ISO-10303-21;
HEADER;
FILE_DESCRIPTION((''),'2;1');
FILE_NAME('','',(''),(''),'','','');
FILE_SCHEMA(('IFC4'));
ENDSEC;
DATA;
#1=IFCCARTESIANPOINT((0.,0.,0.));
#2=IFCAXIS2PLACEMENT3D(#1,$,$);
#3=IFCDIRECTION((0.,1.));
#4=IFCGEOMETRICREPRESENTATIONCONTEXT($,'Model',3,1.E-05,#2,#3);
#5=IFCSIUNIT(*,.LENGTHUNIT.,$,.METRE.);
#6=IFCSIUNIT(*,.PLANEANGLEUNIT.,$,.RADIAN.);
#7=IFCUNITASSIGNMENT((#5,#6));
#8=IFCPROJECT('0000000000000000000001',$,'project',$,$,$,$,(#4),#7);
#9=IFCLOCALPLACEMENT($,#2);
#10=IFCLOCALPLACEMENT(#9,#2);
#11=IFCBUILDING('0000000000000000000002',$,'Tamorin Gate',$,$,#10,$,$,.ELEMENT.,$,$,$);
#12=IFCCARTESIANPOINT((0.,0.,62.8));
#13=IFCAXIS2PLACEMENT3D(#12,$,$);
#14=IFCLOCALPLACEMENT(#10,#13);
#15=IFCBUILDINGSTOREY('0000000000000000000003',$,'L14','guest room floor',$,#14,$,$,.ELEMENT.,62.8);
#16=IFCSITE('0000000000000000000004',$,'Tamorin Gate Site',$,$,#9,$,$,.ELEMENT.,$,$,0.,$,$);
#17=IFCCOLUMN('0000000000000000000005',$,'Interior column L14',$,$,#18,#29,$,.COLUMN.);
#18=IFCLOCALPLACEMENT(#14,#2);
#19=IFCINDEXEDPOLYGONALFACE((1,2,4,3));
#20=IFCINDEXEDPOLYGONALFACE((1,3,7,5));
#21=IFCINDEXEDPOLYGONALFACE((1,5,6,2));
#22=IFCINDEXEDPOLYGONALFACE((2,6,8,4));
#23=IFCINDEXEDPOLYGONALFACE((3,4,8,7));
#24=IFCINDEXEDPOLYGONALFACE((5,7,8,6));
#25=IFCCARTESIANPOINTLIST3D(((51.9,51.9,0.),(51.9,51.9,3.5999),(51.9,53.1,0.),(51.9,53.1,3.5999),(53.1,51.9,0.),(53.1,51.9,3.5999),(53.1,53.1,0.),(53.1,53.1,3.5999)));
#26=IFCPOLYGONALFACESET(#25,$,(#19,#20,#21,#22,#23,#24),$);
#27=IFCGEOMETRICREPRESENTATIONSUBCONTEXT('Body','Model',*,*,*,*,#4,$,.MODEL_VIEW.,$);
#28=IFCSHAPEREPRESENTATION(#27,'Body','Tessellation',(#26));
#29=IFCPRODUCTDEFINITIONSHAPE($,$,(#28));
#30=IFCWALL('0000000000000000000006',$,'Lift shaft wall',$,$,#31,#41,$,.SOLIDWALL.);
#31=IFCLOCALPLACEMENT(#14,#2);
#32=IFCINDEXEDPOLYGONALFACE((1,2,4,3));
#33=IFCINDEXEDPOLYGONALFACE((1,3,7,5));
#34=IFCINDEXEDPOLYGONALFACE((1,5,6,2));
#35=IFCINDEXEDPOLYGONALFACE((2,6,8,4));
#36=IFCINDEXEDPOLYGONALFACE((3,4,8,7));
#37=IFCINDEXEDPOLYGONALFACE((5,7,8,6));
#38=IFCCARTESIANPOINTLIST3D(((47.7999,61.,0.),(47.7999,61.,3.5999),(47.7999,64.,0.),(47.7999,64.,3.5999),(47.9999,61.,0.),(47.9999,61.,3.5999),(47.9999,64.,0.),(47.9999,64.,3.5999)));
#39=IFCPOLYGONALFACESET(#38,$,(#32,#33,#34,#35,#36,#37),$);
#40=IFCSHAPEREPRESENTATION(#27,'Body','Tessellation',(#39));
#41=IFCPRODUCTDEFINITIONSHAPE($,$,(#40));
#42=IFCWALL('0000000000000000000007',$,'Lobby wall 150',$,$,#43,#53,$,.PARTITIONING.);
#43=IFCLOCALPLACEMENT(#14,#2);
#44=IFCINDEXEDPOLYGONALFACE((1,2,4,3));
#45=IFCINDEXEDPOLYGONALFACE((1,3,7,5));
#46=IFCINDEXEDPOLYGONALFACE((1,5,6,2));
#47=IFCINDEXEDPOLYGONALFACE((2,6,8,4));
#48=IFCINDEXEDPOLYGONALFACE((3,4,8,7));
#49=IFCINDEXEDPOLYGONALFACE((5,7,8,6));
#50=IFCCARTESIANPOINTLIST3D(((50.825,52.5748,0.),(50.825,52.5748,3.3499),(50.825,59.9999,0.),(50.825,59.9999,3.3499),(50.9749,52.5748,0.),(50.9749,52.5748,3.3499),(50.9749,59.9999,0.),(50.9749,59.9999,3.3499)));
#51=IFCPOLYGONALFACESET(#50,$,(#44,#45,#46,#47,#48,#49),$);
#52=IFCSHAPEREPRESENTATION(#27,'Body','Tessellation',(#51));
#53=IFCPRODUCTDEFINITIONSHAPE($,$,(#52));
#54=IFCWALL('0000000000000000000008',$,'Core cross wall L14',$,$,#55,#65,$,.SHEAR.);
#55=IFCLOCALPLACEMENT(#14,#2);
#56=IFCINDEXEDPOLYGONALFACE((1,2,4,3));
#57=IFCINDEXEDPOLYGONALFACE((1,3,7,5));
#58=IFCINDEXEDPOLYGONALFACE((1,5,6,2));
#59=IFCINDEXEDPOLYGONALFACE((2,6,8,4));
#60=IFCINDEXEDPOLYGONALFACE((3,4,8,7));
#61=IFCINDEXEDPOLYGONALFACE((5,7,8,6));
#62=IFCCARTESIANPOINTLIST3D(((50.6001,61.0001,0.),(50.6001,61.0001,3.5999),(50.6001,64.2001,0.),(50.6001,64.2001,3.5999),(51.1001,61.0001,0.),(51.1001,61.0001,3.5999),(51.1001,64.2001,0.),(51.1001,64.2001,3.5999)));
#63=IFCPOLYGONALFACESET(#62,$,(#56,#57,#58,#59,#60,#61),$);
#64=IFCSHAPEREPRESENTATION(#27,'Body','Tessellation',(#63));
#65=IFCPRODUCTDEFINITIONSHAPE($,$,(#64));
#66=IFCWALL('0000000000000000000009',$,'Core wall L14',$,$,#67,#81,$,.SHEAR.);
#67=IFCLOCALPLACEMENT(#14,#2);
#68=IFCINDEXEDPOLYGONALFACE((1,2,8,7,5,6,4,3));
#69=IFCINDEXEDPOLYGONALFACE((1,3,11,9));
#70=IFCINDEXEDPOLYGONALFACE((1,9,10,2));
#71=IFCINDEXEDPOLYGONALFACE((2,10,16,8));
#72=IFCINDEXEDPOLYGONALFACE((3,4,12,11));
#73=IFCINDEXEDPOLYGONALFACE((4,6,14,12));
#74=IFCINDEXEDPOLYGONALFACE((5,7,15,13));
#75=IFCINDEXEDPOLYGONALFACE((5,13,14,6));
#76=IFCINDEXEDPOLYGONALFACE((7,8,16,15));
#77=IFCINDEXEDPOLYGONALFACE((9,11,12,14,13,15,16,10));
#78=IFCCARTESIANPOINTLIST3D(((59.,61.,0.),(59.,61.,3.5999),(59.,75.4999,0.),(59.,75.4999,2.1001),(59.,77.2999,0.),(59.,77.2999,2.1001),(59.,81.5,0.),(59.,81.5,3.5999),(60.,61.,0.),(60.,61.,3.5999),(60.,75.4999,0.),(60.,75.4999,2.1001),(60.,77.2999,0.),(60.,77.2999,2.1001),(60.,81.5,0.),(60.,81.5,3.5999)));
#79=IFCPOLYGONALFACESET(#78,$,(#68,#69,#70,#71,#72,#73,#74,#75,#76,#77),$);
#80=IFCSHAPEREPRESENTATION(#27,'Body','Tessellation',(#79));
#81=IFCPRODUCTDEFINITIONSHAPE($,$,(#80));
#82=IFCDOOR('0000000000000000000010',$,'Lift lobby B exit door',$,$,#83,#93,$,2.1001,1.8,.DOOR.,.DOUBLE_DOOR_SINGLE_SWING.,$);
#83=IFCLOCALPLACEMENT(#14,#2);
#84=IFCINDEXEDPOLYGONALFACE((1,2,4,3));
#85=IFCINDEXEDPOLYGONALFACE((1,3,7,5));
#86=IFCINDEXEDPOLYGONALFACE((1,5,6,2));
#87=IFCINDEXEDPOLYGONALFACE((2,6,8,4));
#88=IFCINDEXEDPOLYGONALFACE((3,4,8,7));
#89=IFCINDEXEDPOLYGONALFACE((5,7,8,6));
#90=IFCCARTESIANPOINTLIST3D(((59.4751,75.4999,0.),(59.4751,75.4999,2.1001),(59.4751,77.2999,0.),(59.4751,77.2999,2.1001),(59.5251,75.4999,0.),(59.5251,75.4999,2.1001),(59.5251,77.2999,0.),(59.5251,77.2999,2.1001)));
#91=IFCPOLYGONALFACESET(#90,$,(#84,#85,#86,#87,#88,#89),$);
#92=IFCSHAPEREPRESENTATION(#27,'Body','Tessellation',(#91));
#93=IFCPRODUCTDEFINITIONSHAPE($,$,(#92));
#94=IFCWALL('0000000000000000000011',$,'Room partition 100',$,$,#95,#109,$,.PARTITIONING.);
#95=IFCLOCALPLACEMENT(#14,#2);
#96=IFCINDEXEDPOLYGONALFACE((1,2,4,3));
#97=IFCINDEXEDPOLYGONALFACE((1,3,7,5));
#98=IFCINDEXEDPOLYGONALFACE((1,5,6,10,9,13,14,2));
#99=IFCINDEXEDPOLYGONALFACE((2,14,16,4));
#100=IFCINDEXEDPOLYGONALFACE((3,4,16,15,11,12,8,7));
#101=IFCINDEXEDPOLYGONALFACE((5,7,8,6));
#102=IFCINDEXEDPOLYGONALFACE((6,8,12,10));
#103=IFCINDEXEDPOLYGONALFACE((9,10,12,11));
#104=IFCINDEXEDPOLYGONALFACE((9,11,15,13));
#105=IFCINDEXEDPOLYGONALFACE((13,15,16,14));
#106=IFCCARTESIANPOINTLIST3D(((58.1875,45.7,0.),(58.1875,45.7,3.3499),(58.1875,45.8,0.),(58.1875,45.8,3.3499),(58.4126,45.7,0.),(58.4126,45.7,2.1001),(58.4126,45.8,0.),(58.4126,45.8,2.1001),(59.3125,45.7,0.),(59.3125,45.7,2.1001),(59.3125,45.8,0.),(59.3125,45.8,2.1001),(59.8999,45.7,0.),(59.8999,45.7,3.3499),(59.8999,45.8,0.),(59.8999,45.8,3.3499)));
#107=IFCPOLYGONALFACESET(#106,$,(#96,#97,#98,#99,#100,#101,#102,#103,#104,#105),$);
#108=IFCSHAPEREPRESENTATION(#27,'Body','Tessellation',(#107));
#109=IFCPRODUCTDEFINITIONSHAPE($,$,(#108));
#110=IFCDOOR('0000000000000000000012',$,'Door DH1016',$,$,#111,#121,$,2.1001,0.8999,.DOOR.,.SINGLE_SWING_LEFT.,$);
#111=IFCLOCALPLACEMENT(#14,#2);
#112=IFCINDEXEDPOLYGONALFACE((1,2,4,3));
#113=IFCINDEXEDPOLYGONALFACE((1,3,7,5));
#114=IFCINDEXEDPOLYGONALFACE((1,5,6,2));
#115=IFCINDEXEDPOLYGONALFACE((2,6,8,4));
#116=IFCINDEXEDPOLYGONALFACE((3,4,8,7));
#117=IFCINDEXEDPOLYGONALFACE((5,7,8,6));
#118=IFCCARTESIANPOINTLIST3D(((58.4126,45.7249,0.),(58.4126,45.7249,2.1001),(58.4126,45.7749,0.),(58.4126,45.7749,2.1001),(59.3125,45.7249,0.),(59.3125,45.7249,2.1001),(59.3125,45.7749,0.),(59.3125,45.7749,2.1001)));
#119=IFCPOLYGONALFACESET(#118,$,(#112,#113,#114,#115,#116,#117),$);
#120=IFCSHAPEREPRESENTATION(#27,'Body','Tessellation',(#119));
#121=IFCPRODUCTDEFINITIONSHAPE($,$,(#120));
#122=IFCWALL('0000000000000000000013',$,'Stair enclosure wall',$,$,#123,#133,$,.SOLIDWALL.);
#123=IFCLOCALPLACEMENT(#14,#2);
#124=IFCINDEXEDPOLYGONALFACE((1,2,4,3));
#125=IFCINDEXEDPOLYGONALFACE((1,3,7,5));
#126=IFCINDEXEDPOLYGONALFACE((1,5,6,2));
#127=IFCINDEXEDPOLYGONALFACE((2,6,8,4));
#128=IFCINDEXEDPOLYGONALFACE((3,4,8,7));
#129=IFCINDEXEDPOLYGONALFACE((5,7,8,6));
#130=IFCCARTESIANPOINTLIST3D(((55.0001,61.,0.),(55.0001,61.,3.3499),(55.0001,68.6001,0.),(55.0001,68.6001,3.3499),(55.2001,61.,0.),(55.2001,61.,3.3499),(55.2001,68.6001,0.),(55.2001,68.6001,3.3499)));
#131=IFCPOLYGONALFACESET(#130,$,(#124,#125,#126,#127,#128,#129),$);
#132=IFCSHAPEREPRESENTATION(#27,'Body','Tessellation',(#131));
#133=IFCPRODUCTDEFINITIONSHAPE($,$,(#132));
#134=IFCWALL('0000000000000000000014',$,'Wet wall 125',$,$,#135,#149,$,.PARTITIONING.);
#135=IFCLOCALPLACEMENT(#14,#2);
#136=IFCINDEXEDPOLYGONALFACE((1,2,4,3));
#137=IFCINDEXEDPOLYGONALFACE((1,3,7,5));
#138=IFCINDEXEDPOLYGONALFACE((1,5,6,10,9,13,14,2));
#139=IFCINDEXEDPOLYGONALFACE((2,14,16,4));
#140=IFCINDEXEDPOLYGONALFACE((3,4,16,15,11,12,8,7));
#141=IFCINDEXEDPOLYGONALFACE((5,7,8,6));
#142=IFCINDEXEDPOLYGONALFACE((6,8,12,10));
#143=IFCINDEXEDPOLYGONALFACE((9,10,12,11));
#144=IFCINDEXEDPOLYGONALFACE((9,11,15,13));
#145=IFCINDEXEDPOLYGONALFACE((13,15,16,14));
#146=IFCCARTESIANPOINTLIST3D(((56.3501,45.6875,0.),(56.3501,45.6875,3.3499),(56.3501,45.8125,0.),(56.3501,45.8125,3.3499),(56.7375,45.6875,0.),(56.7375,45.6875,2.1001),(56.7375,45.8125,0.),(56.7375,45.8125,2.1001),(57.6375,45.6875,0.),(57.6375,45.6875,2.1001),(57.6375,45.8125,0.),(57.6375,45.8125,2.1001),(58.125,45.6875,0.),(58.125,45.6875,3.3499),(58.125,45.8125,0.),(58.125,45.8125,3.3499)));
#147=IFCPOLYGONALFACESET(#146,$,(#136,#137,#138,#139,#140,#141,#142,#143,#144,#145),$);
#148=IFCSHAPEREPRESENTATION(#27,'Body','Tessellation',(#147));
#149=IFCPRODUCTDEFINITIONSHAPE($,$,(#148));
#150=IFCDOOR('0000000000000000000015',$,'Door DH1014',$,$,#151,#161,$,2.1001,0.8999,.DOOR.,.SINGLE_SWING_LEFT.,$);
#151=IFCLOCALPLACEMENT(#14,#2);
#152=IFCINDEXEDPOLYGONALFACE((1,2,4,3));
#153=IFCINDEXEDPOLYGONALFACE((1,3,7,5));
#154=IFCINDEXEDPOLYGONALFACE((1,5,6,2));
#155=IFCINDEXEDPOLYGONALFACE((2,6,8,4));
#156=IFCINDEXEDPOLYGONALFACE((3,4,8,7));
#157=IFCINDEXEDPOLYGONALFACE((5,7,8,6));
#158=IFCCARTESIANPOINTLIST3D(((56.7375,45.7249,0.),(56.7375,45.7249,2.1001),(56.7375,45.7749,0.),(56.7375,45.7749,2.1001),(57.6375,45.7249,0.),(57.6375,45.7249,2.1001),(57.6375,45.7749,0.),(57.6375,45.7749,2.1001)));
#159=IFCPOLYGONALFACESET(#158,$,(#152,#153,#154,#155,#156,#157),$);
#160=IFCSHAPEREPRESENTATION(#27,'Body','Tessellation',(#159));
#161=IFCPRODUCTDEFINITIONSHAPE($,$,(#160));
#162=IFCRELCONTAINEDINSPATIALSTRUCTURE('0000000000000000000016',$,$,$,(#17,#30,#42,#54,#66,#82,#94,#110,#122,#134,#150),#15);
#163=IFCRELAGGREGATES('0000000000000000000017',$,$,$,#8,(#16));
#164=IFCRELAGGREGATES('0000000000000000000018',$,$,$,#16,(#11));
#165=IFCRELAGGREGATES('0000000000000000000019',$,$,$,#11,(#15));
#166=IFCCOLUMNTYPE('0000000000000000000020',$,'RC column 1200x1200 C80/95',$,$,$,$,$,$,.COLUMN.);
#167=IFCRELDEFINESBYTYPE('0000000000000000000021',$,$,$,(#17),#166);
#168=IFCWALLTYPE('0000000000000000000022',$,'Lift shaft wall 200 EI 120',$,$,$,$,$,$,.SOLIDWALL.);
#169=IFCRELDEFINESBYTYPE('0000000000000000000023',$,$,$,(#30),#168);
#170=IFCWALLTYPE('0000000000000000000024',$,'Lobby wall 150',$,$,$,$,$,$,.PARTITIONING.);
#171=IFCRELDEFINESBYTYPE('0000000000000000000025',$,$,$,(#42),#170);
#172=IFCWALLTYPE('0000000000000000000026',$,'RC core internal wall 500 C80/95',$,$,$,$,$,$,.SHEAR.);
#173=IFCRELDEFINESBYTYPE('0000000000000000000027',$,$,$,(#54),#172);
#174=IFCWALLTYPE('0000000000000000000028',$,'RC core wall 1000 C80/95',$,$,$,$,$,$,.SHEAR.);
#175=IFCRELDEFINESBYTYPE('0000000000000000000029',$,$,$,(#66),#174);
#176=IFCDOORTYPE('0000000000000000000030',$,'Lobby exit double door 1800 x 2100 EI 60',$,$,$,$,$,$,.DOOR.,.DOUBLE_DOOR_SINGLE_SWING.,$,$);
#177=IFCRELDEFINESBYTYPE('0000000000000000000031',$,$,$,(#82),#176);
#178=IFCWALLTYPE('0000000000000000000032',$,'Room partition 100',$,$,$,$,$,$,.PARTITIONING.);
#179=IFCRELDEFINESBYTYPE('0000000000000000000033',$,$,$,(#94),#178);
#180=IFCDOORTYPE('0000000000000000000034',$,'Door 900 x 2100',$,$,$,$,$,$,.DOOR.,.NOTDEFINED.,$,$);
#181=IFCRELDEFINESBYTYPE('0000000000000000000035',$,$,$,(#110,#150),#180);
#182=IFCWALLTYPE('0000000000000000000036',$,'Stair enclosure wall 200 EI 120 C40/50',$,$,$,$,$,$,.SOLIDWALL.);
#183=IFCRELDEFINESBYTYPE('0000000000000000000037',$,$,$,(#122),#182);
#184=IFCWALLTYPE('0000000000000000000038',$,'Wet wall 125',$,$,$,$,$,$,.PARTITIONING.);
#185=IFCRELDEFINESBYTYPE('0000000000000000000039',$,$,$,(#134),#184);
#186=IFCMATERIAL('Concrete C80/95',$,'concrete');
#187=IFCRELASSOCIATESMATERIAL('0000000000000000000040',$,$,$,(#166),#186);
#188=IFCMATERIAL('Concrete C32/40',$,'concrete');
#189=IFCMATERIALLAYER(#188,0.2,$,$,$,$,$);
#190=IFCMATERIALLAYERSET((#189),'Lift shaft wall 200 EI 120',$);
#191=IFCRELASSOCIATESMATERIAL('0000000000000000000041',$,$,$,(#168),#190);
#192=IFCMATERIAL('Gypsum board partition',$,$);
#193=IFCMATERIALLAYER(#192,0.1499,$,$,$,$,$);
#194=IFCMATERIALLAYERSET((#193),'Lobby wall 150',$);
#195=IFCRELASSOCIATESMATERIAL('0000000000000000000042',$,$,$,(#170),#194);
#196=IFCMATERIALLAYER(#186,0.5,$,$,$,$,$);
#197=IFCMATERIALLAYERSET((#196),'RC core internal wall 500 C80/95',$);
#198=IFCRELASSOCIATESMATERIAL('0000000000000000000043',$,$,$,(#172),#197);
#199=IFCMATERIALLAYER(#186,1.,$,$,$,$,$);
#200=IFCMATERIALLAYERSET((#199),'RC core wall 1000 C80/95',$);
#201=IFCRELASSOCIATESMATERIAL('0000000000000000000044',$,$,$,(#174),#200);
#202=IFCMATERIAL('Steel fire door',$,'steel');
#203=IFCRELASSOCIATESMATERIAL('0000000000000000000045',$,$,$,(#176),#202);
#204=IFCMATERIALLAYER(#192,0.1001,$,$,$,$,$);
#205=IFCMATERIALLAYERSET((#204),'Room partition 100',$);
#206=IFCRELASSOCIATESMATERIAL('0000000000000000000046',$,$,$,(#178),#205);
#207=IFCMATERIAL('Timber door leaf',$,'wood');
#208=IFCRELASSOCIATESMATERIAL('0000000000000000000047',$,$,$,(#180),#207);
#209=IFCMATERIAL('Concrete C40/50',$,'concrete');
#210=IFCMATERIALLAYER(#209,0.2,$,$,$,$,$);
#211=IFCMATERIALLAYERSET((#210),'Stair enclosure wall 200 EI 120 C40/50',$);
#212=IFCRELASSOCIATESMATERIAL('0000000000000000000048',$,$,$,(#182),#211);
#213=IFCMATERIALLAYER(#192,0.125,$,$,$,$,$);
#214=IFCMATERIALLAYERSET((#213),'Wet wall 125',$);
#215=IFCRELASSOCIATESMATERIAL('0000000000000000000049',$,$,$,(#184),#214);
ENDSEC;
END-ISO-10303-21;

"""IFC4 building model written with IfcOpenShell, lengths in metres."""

from ifc_helpers import new_model, si_unit, direction, frame, frame_2d, origin, origin_2d, place, context, subcontext, project, spatial, rectangle, extrude, material, layer, layer_set, material_profile, profile_set, type_object, element, fill, save


model = new_model("IFC4")

# Units and contexts
model_context = context("Model", 3, precision=1e-05, world=origin(), true_north=direction((0.0, 1.0)))
body_context = subcontext(model_context, "Body", "Model", "MODEL_VIEW")
ifc_project = project(units=[si_unit("LENGTHUNIT", "METRE"), si_unit("PLANEANGLEUNIT", "RADIAN")], contexts=[model_context])

# Site, building, storey
site_placement = place(None, origin())
site = spatial("IfcSite", under=ifc_project, at=site_placement, Name="Tamorin Gate Site", CompositionType="ELEMENT", RefElevation=0.0)
building_placement = place(site_placement, origin())
building = spatial("IfcBuilding", under=site, at=building_placement, Name="Tamorin Gate", CompositionType="ELEMENT")
storey_placement = place(building_placement, frame((0.0, 0.0, 62.8)))
storey = spatial("IfcBuildingStorey", under=building, at=storey_placement, Name="L14", Description="guest room floor", CompositionType="ELEMENT", Elevation=62.8)

# Column
ifc_material_1 = material(Name="Concrete C80/95", Category="concrete")
ifc_material_profile = material_profile(ifc_material_1, rectangle(XDim=1.2, YDim=1.2, at=origin_2d()), Name="RC 1200x1200")
ifc_profile_set = profile_set([ifc_material_profile], Name="Concrete C80/95")
column_type = type_object("IfcColumnType", Name="RC column 1200x1200 C80/95", PredefinedType="COLUMN", material=ifc_profile_set)
column_placement = place(storey_placement, frame((52.5, 52.5, 0.0), z_axis=(0.0, 0.0, 1.0), x_axis=(1.0, 0.0, 0.0)))
element("IfcColumn", 1, at=column_placement, inside=storey, type_object=column_type, Name="Interior column L14", PredefinedType="COLUMN", context=body_context, shape_type="SweptSolid", body=[
    extrude(rectangle(XDim=1.2, YDim=1.2, at=origin_2d()), origin(), (0.0, 0.0, 1.0), 3.5999),
])

# Walls
ifc_material_2 = material(Name="Concrete C32/40", Category="concrete")
ifc_layer_1 = layer(ifc_material_2, 0.2)
ifc_layer_set_1 = layer_set([ifc_layer_1], Name="Lift shaft wall 200 EI 120")
wall_type_1 = type_object("IfcWallType", Name="Lift shaft wall 200 EI 120", PredefinedType="SOLIDWALL", material=ifc_layer_set_1)
wall_1_placement = place(storey_placement, frame((47.8999, 61.0, 0.0), z_axis=(0.0, 0.0, 1.0), x_axis=(0.0, 1.0, 0.0)))
element("IfcWall", 2, at=wall_1_placement, inside=storey, type_object=wall_type_1, Name="Lift shaft wall", PredefinedType="SOLIDWALL", context=body_context, shape_type="SweptSolid", body=[
    extrude(rectangle(XDim=3.0, YDim=0.2, at=frame_2d((1.5, 0.0))), origin(), (0.0, 0.0, 1.0), 3.5999),
])
ifc_material_3 = material(Name="Gypsum board partition")
ifc_layer_2 = layer(ifc_material_3, 0.1499)
ifc_layer_set_2 = layer_set([ifc_layer_2], Name="Lobby wall 150")
wall_type_2 = type_object("IfcWallType", Name="Lobby wall 150", PredefinedType="PARTITIONING", material=ifc_layer_set_2)
wall_2_placement = place(storey_placement, frame((50.8999, 52.575, 0.0), z_axis=(0.0, 0.0, 1.0), x_axis=(0.0, 1.0, 0.0)))
element("IfcWall", 3, at=wall_2_placement, inside=storey, type_object=wall_type_2, Name="Lobby wall 150", PredefinedType="PARTITIONING", context=body_context, shape_type="SweptSolid", body=[
    extrude(rectangle(XDim=7.425, YDim=0.1499, at=frame_2d((3.7124, 0.0))), origin(), (0.0, 0.0, 1.0), 3.3499),
])
ifc_layer_3 = layer(ifc_material_1, 0.5)
ifc_layer_set_3 = layer_set([ifc_layer_3], Name="RC core internal wall 500 C80/95")
wall_type_3 = type_object("IfcWallType", Name="RC core internal wall 500 C80/95", PredefinedType="SHEAR", material=ifc_layer_set_3)
wall_3_placement = place(storey_placement, frame((50.8501, 61.0, 0.0), z_axis=(0.0, 0.0, 1.0), x_axis=(0.0, 1.0, 0.0)))
element("IfcWall", 4, at=wall_3_placement, inside=storey, type_object=wall_type_3, Name="Core cross wall L14", PredefinedType="SHEAR", context=body_context, shape_type="SweptSolid", body=[
    extrude(rectangle(XDim=3.2, YDim=0.5, at=frame_2d((1.6001, 0.0))), origin(), (0.0, 0.0, 1.0), 3.5999),
])

# Walls, openings, doors
ifc_layer_4 = layer(ifc_material_1, 1.0)
ifc_layer_set_4 = layer_set([ifc_layer_4], Name="RC core wall 1000 C80/95")
wall_type_4 = type_object("IfcWallType", Name="RC core wall 1000 C80/95", PredefinedType="SHEAR", material=ifc_layer_set_4)
wall_4_placement = place(storey_placement, frame((59.5, 61.0, 0.0), z_axis=(0.0, 0.0, 1.0), x_axis=(0.0, 1.0, 0.0)))
wall_4 = element("IfcWall", 5, at=wall_4_placement, inside=storey, type_object=wall_type_4, Name="Core wall L14", PredefinedType="SHEAR", context=body_context, shape_type="SweptSolid", body=[
    extrude(rectangle(XDim=20.5, YDim=1.0, at=frame_2d((10.25, 0.0))), origin(), (0.0, 0.0, 1.0), 3.5999),
])
opening_1_placement = place(wall_4_placement, frame((14.5, 0.0, 0.0)))
opening_1 = element("IfcOpeningElement", 6, at=opening_1_placement, cuts=wall_4, PredefinedType="OPENING", context=body_context, shape_type="SweptSolid", body=[
    extrude(rectangle(XDim=1.8, YDim=2.1001, at=frame_2d((0.8999, 1.05))), frame((0.0, 0.51, 0.0), z_axis=(0.0, -1.0, 0.0), x_axis=(1.0, 0.0, 0.0)), (0.0, 0.0, 1.0), 1.02),
])
ifc_material_4 = material(Name="Steel fire door", Category="steel")
door_type_1 = type_object("IfcDoorType", Name="Lobby exit double door 1800 x 2100 EI 60", OperationType="DOUBLE_DOOR_SINGLE_SWING", PredefinedType="DOOR", material=ifc_material_4)
door_1_placement = place(opening_1_placement, origin())
door_1 = element("IfcDoor", 7, at=door_1_placement, inside=storey, type_object=door_type_1, Name="Lift lobby B exit door", OperationType="DOUBLE_DOOR_SINGLE_SWING", OverallHeight=2.1001, OverallWidth=1.8, PredefinedType="DOOR", context=body_context, shape_type="SweptSolid", body=[
    extrude(rectangle(XDim=1.8, YDim=2.1001, at=frame_2d((0.8999, 1.05))), frame((0.0, 0.0249, 0.0), z_axis=(0.0, -1.0, 0.0), x_axis=(1.0, 0.0, 0.0)), (0.0, 0.0, 1.0), 0.05),
])
fill(opening_1, door_1)
ifc_layer_5 = layer(ifc_material_3, 0.1001)
ifc_layer_set_5 = layer_set([ifc_layer_5], Name="Room partition 100")
wall_type_5 = type_object("IfcWallType", Name="Room partition 100", PredefinedType="PARTITIONING", material=ifc_layer_set_5)
wall_5_placement = place(storey_placement, frame((58.1875, 45.75, 0.0), z_axis=(0.0, 0.0, 1.0), x_axis=(1.0, 0.0, 0.0)))
wall_5 = element("IfcWall", 8, at=wall_5_placement, inside=storey, type_object=wall_type_5, Name="Room partition 100", PredefinedType="PARTITIONING", context=body_context, shape_type="SweptSolid", body=[
    extrude(rectangle(XDim=1.7124, YDim=0.1001, at=frame_2d((0.8562, 0.0))), origin(), (0.0, 0.0, 1.0), 3.3499),
])
opening_2_placement = place(wall_5_placement, frame((0.2251, 0.0, 0.0)))
opening_2 = element("IfcOpeningElement", 9, at=opening_2_placement, cuts=wall_5, PredefinedType="OPENING", context=body_context, shape_type="SweptSolid", body=[
    extrude(rectangle(XDim=0.8999, YDim=2.1001, at=frame_2d((0.45, 1.05))), frame((0.0, 0.0601, 0.0), z_axis=(0.0, -1.0, 0.0), x_axis=(1.0, 0.0, 0.0)), (0.0, 0.0, 1.0), 0.1201),
])
ifc_material_5 = material(Name="Timber door leaf", Category="wood")
door_type_2 = type_object("IfcDoorType", Name="Door 900 x 2100", OperationType="NOTDEFINED", PredefinedType="DOOR", material=ifc_material_5)
door_2_placement = place(opening_2_placement, origin())
door_2 = element("IfcDoor", 10, at=door_2_placement, inside=storey, type_object=door_type_2, Name="Door DH1016", OperationType="SINGLE_SWING_LEFT", OverallHeight=2.1001, OverallWidth=0.8999, PredefinedType="DOOR", context=body_context, shape_type="SweptSolid", body=[
    extrude(rectangle(XDim=0.8999, YDim=2.1001, at=frame_2d((0.45, 1.05))), frame((0.0, 0.0249, 0.0), z_axis=(0.0, -1.0, 0.0), x_axis=(1.0, 0.0, 0.0)), (0.0, 0.0, 1.0), 0.05),
])
fill(opening_2, door_2)

# Wall
ifc_material_6 = material(Name="Concrete C40/50", Category="concrete")
ifc_layer_6 = layer(ifc_material_6, 0.2)
ifc_layer_set_6 = layer_set([ifc_layer_6], Name="Stair enclosure wall 200 EI 120 C40/50")
wall_type_6 = type_object("IfcWallType", Name="Stair enclosure wall 200 EI 120 C40/50", PredefinedType="SOLIDWALL", material=ifc_layer_set_6)
wall_6_placement = place(storey_placement, frame((55.1001, 61.0, 0.0), z_axis=(0.0, 0.0, 1.0), x_axis=(0.0, 1.0, 0.0)))
element("IfcWall", 11, at=wall_6_placement, inside=storey, type_object=wall_type_6, Name="Stair enclosure wall", PredefinedType="SOLIDWALL", context=body_context, shape_type="SweptSolid", body=[
    extrude(rectangle(XDim=7.6001, YDim=0.2, at=frame_2d((3.8, 0.0))), origin(), (0.0, 0.0, 1.0), 3.3499),
])

# Wall, opening, door
ifc_layer_7 = layer(ifc_material_3, 0.125)
ifc_layer_set_7 = layer_set([ifc_layer_7], Name="Wet wall 125")
wall_type_7 = type_object("IfcWallType", Name="Wet wall 125", PredefinedType="PARTITIONING", material=ifc_layer_set_7)
wall_7_placement = place(storey_placement, frame((56.3501, 45.75, 0.0), z_axis=(0.0, 0.0, 1.0), x_axis=(1.0, 0.0, 0.0)))
wall_7 = element("IfcWall", 12, at=wall_7_placement, inside=storey, type_object=wall_type_7, Name="Wet wall 125", PredefinedType="PARTITIONING", context=body_context, shape_type="SweptSolid", body=[
    extrude(rectangle(XDim=1.7749, YDim=0.125, at=frame_2d((0.8875, 0.0))), origin(), (0.0, 0.0, 1.0), 3.3499),
])
opening_3_placement = place(wall_7_placement, frame((0.3875, 0.0, 0.0)))
opening_3 = element("IfcOpeningElement", 13, at=opening_3_placement, cuts=wall_7, PredefinedType="OPENING", context=body_context, shape_type="SweptSolid", body=[
    extrude(rectangle(XDim=0.8999, YDim=2.1001, at=frame_2d((0.45, 1.05))), frame((0.0, 0.0725, 0.0), z_axis=(0.0, -1.0, 0.0), x_axis=(1.0, 0.0, 0.0)), (0.0, 0.0, 1.0), 0.145),
])
door_3_placement = place(opening_3_placement, origin())
door_3 = element("IfcDoor", 14, at=door_3_placement, inside=storey, type_object=door_type_2, Name="Door DH1014", OperationType="SINGLE_SWING_LEFT", OverallHeight=2.1001, OverallWidth=0.8999, PredefinedType="DOOR", context=body_context, shape_type="SweptSolid", body=[
    extrude(rectangle(XDim=0.8999, YDim=2.1001, at=frame_2d((0.45, 1.05))), frame((0.0, 0.0249, 0.0), z_axis=(0.0, -1.0, 0.0), x_axis=(1.0, 0.0, 0.0)), (0.0, 0.0, 1.0), 0.05),
])
fill(opening_3, door_3)

save(model, "model.ifc")
